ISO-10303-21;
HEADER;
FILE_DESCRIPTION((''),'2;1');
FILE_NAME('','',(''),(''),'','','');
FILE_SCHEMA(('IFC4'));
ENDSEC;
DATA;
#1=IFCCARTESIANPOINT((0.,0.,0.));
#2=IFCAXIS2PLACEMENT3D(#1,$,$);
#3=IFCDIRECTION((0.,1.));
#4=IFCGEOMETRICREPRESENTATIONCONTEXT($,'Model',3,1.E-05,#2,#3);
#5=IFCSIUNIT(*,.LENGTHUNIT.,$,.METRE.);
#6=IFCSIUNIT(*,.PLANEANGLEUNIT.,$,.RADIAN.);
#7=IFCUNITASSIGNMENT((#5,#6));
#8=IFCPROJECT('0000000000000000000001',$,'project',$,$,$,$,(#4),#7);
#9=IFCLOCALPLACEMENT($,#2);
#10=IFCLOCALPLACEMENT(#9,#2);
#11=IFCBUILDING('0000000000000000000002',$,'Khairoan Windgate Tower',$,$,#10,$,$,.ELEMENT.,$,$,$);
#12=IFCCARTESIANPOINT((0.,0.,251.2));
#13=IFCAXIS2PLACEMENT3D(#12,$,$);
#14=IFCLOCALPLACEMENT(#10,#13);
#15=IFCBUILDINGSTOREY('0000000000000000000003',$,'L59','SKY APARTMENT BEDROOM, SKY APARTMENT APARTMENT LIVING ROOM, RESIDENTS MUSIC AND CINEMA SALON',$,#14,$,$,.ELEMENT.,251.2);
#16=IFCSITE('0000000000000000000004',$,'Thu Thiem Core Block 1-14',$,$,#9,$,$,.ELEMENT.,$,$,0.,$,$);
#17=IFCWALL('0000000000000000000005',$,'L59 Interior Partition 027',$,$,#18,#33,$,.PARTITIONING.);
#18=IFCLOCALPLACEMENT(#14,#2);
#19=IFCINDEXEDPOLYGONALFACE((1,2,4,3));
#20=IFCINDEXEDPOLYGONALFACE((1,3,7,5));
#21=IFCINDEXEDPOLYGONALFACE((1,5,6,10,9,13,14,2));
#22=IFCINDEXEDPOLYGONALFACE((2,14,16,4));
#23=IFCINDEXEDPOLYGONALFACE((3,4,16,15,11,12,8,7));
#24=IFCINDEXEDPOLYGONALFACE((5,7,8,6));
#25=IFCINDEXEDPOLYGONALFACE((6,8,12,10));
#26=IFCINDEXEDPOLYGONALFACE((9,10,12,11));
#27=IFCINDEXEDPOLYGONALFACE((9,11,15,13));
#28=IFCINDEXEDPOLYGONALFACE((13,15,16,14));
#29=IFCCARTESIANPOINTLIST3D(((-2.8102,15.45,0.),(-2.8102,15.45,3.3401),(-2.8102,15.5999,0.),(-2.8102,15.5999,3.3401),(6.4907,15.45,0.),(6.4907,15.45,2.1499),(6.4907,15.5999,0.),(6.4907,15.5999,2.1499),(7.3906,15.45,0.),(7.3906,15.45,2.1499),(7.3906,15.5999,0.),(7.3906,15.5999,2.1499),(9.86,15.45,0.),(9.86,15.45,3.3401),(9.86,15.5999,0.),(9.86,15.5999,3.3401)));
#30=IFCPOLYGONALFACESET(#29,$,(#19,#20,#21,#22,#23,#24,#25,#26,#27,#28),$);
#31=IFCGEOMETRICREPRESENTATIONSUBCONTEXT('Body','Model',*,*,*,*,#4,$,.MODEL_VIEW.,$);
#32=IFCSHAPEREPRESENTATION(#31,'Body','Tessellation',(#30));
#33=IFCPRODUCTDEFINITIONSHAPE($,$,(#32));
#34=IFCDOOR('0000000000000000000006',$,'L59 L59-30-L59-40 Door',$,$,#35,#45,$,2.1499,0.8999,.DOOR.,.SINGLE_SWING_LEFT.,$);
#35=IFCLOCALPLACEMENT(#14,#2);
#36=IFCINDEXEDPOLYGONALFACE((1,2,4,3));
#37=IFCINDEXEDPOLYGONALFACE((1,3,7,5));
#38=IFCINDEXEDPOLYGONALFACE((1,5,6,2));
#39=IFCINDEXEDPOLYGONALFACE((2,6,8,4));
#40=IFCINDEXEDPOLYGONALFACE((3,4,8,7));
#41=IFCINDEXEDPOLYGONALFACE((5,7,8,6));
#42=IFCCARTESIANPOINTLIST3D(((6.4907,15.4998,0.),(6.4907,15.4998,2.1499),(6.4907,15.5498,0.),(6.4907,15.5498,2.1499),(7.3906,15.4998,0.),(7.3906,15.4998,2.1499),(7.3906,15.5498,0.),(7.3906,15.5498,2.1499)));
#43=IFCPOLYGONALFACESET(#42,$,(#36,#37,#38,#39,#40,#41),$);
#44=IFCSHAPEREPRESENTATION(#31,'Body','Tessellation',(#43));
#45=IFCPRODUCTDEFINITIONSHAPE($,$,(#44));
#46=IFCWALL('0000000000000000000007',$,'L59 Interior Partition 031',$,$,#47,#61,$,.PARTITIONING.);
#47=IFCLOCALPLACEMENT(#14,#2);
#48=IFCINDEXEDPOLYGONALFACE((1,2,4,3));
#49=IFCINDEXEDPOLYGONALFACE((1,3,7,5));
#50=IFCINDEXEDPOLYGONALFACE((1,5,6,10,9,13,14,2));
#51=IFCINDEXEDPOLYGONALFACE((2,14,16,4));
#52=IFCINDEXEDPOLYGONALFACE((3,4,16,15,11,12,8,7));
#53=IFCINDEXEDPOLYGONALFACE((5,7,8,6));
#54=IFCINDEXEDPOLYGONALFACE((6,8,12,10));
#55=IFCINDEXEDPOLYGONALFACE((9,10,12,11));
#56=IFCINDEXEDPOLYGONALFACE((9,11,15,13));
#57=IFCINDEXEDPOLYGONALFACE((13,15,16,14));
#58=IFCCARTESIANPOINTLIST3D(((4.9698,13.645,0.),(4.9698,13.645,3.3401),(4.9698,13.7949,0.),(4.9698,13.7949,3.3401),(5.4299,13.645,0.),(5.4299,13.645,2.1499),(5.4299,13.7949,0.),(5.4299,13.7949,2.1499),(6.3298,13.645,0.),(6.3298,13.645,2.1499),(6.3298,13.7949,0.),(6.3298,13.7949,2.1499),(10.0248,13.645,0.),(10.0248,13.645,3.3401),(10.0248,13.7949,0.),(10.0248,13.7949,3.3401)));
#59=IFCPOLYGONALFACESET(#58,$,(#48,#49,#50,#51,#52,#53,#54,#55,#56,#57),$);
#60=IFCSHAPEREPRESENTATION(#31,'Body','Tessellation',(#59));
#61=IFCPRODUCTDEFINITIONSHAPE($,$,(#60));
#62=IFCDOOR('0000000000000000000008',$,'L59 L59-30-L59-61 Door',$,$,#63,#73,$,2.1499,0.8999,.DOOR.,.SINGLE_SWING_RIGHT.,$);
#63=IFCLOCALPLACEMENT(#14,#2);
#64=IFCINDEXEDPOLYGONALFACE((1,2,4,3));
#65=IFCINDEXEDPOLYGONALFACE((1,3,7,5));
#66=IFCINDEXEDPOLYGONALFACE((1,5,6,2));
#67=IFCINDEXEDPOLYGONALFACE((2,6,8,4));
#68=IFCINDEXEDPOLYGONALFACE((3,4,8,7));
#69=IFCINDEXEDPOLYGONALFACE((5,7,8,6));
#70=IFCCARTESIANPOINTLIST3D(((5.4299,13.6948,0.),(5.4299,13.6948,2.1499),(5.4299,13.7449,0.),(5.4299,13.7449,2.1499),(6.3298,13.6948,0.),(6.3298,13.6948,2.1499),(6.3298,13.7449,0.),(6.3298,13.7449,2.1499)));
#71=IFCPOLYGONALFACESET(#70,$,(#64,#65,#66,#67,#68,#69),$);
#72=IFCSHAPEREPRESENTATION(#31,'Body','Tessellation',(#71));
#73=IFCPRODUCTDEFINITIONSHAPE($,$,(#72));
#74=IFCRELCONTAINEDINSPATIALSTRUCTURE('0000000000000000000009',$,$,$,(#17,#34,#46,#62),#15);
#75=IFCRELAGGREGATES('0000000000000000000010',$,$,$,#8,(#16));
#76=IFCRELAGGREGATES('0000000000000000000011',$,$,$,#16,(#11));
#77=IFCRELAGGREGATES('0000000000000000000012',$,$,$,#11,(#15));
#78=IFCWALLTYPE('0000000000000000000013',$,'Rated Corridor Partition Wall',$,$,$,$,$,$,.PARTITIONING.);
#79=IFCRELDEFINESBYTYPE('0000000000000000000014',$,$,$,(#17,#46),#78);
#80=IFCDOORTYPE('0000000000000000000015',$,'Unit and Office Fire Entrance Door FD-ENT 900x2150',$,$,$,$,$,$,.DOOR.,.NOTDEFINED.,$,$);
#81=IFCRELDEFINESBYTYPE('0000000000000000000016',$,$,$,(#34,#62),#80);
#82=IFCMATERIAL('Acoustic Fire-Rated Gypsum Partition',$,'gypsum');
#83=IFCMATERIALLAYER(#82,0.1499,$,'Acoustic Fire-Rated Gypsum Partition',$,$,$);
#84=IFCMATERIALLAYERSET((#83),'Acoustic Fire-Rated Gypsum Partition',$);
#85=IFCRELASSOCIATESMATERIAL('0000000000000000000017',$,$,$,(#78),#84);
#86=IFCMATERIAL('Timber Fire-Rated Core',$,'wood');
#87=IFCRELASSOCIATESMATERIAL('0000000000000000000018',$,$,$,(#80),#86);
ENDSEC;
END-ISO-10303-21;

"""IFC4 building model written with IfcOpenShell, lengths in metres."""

from ifc_helpers import new_model, si_unit, direction, frame, frame_2d, origin, place, context, subcontext, project, spatial, rectangle, extrude, material, layer, layer_set, type_object, element, fill, save


model = new_model("IFC4")

# Units and contexts
model_context = context("Model", 3, precision=1e-05, world=origin(), true_north=direction((0.0, 1.0)))
body_context = subcontext(model_context, "Body", "Model", "MODEL_VIEW")
ifc_project = project(units=[si_unit("LENGTHUNIT", "METRE"), si_unit("PLANEANGLEUNIT", "RADIAN")], contexts=[model_context])

# Site, building, storey
site_placement = place(None, origin())
site = spatial("IfcSite", under=ifc_project, at=site_placement, Name="Thu Thiem Core Block 1-14", CompositionType="ELEMENT", RefElevation=0.0)
building_placement = place(site_placement, origin())
building = spatial("IfcBuilding", under=site, at=building_placement, Name="Khairoan Windgate Tower", CompositionType="ELEMENT")
storey_placement = place(building_placement, frame((0.0, 0.0, 251.2)))
storey = spatial("IfcBuildingStorey", under=building, at=storey_placement, Name="L59", Description="SKY APARTMENT BEDROOM, SKY APARTMENT APARTMENT LIVING ROOM, RESIDENTS MUSIC AND CINEMA SALON", CompositionType="ELEMENT", Elevation=251.2)

# Shared definitions
ifc_material_1 = material(Name="Acoustic Fire-Rated Gypsum Partition", Category="gypsum")
ifc_layer_1 = layer(ifc_material_1, 0.1499, Name="Acoustic Fire-Rated Gypsum Partition")
ifc_layer_set_1 = layer_set([ifc_layer_1], Name="Acoustic Fire-Rated Gypsum Partition")
wall_type_1 = type_object("IfcWallType", Name="Rated Corridor Partition Wall", PredefinedType="PARTITIONING", material=ifc_layer_set_1)
ifc_material_2 = material(Name="Timber Fire-Rated Core", Category="wood")
door_type = type_object("IfcDoorType", Name="Unit and Office Fire Entrance Door FD-ENT 900x2150", OperationType="NOTDEFINED", PredefinedType="DOOR", material=ifc_material_2)

# Walls, openings, doors
wall_1_placement = place(storey_placement, frame((-2.8101, 15.5249, 0.0), z_axis=(0.0, 0.0, 1.0), x_axis=(1.0, 0.0, 0.0)))
wall_1 = element("IfcWall", 1, at=wall_1_placement, inside=storey, type_object=wall_type_1, Name="L59 Interior Partition 027", PredefinedType="PARTITIONING", context=body_context, shape_type="SweptSolid", body=[
    extrude(rectangle(XDim=12.6702, YDim=0.1499, at=frame_2d((6.335, 0.0))), origin(), (0.0, 0.0, 1.0), 3.3401),
])
opening_1_placement = place(wall_1_placement, frame((9.3008, 0.0, 0.0)))
opening_1 = element("IfcOpeningElement", 2, at=opening_1_placement, cuts=wall_1, PredefinedType="OPENING", context=body_context, shape_type="SweptSolid", body=[
    extrude(rectangle(XDim=0.8999, YDim=2.1499, at=frame_2d((0.45, 1.075))), frame((0.0, 0.085, 0.0), z_axis=(0.0, -1.0, 0.0), x_axis=(1.0, 0.0, 0.0)), (0.0, 0.0, 1.0), 0.1699),
])
door_1_placement = place(opening_1_placement, origin())
door_1 = element("IfcDoor", 3, at=door_1_placement, inside=storey, type_object=door_type, Name="L59 L59-30-L59-40 Door", OperationType="SINGLE_SWING_LEFT", OverallHeight=2.1499, OverallWidth=0.8999, PredefinedType="DOOR", context=body_context, shape_type="SweptSolid", body=[
    extrude(rectangle(XDim=0.8999, YDim=2.1499, at=frame_2d((0.45, 1.075))), frame((0.0, 0.0249, 0.0), z_axis=(0.0, -1.0, 0.0), x_axis=(1.0, 0.0, 0.0)), (0.0, 0.0, 1.0), 0.05),
])
fill(opening_1, door_1)
wall_2_placement = place(storey_placement, frame((4.97, 13.72, 0.0), z_axis=(0.0, 0.0, 1.0), x_axis=(1.0, 0.0, 0.0)))
wall_2 = element("IfcWall", 4, at=wall_2_placement, inside=storey, type_object=wall_type_1, Name="L59 Interior Partition 031", PredefinedType="PARTITIONING", context=body_context, shape_type="SweptSolid", body=[
    extrude(rectangle(XDim=5.0549, YDim=0.1499, at=frame_2d((2.5273, 0.0))), origin(), (0.0, 0.0, 1.0), 3.3401),
])
opening_2_placement = place(wall_2_placement, frame((0.46, 0.0, 0.0)))
opening_2 = element("IfcOpeningElement", 5, at=opening_2_placement, cuts=wall_2, PredefinedType="OPENING", context=body_context, shape_type="SweptSolid", body=[
    extrude(rectangle(XDim=0.8999, YDim=2.1499, at=frame_2d((0.45, 1.075))), frame((0.0, 0.085, 0.0), z_axis=(0.0, -1.0, 0.0), x_axis=(1.0, 0.0, 0.0)), (0.0, 0.0, 1.0), 0.1699),
])
door_2_placement = place(opening_2_placement, origin())
door_2 = element("IfcDoor", 6, at=door_2_placement, inside=storey, type_object=door_type, Name="L59 L59-30-L59-61 Door", OperationType="SINGLE_SWING_RIGHT", OverallHeight=2.1499, OverallWidth=0.8999, PredefinedType="DOOR", context=body_context, shape_type="SweptSolid", body=[
    extrude(rectangle(XDim=0.8999, YDim=2.1499, at=frame_2d((0.45, 1.075))), frame((0.0, 0.0249, 0.0), z_axis=(0.0, -1.0, 0.0), x_axis=(1.0, 0.0, 0.0)), (0.0, 0.0, 1.0), 0.05),
])
fill(opening_2, door_2)

save(model, "model.ifc")
